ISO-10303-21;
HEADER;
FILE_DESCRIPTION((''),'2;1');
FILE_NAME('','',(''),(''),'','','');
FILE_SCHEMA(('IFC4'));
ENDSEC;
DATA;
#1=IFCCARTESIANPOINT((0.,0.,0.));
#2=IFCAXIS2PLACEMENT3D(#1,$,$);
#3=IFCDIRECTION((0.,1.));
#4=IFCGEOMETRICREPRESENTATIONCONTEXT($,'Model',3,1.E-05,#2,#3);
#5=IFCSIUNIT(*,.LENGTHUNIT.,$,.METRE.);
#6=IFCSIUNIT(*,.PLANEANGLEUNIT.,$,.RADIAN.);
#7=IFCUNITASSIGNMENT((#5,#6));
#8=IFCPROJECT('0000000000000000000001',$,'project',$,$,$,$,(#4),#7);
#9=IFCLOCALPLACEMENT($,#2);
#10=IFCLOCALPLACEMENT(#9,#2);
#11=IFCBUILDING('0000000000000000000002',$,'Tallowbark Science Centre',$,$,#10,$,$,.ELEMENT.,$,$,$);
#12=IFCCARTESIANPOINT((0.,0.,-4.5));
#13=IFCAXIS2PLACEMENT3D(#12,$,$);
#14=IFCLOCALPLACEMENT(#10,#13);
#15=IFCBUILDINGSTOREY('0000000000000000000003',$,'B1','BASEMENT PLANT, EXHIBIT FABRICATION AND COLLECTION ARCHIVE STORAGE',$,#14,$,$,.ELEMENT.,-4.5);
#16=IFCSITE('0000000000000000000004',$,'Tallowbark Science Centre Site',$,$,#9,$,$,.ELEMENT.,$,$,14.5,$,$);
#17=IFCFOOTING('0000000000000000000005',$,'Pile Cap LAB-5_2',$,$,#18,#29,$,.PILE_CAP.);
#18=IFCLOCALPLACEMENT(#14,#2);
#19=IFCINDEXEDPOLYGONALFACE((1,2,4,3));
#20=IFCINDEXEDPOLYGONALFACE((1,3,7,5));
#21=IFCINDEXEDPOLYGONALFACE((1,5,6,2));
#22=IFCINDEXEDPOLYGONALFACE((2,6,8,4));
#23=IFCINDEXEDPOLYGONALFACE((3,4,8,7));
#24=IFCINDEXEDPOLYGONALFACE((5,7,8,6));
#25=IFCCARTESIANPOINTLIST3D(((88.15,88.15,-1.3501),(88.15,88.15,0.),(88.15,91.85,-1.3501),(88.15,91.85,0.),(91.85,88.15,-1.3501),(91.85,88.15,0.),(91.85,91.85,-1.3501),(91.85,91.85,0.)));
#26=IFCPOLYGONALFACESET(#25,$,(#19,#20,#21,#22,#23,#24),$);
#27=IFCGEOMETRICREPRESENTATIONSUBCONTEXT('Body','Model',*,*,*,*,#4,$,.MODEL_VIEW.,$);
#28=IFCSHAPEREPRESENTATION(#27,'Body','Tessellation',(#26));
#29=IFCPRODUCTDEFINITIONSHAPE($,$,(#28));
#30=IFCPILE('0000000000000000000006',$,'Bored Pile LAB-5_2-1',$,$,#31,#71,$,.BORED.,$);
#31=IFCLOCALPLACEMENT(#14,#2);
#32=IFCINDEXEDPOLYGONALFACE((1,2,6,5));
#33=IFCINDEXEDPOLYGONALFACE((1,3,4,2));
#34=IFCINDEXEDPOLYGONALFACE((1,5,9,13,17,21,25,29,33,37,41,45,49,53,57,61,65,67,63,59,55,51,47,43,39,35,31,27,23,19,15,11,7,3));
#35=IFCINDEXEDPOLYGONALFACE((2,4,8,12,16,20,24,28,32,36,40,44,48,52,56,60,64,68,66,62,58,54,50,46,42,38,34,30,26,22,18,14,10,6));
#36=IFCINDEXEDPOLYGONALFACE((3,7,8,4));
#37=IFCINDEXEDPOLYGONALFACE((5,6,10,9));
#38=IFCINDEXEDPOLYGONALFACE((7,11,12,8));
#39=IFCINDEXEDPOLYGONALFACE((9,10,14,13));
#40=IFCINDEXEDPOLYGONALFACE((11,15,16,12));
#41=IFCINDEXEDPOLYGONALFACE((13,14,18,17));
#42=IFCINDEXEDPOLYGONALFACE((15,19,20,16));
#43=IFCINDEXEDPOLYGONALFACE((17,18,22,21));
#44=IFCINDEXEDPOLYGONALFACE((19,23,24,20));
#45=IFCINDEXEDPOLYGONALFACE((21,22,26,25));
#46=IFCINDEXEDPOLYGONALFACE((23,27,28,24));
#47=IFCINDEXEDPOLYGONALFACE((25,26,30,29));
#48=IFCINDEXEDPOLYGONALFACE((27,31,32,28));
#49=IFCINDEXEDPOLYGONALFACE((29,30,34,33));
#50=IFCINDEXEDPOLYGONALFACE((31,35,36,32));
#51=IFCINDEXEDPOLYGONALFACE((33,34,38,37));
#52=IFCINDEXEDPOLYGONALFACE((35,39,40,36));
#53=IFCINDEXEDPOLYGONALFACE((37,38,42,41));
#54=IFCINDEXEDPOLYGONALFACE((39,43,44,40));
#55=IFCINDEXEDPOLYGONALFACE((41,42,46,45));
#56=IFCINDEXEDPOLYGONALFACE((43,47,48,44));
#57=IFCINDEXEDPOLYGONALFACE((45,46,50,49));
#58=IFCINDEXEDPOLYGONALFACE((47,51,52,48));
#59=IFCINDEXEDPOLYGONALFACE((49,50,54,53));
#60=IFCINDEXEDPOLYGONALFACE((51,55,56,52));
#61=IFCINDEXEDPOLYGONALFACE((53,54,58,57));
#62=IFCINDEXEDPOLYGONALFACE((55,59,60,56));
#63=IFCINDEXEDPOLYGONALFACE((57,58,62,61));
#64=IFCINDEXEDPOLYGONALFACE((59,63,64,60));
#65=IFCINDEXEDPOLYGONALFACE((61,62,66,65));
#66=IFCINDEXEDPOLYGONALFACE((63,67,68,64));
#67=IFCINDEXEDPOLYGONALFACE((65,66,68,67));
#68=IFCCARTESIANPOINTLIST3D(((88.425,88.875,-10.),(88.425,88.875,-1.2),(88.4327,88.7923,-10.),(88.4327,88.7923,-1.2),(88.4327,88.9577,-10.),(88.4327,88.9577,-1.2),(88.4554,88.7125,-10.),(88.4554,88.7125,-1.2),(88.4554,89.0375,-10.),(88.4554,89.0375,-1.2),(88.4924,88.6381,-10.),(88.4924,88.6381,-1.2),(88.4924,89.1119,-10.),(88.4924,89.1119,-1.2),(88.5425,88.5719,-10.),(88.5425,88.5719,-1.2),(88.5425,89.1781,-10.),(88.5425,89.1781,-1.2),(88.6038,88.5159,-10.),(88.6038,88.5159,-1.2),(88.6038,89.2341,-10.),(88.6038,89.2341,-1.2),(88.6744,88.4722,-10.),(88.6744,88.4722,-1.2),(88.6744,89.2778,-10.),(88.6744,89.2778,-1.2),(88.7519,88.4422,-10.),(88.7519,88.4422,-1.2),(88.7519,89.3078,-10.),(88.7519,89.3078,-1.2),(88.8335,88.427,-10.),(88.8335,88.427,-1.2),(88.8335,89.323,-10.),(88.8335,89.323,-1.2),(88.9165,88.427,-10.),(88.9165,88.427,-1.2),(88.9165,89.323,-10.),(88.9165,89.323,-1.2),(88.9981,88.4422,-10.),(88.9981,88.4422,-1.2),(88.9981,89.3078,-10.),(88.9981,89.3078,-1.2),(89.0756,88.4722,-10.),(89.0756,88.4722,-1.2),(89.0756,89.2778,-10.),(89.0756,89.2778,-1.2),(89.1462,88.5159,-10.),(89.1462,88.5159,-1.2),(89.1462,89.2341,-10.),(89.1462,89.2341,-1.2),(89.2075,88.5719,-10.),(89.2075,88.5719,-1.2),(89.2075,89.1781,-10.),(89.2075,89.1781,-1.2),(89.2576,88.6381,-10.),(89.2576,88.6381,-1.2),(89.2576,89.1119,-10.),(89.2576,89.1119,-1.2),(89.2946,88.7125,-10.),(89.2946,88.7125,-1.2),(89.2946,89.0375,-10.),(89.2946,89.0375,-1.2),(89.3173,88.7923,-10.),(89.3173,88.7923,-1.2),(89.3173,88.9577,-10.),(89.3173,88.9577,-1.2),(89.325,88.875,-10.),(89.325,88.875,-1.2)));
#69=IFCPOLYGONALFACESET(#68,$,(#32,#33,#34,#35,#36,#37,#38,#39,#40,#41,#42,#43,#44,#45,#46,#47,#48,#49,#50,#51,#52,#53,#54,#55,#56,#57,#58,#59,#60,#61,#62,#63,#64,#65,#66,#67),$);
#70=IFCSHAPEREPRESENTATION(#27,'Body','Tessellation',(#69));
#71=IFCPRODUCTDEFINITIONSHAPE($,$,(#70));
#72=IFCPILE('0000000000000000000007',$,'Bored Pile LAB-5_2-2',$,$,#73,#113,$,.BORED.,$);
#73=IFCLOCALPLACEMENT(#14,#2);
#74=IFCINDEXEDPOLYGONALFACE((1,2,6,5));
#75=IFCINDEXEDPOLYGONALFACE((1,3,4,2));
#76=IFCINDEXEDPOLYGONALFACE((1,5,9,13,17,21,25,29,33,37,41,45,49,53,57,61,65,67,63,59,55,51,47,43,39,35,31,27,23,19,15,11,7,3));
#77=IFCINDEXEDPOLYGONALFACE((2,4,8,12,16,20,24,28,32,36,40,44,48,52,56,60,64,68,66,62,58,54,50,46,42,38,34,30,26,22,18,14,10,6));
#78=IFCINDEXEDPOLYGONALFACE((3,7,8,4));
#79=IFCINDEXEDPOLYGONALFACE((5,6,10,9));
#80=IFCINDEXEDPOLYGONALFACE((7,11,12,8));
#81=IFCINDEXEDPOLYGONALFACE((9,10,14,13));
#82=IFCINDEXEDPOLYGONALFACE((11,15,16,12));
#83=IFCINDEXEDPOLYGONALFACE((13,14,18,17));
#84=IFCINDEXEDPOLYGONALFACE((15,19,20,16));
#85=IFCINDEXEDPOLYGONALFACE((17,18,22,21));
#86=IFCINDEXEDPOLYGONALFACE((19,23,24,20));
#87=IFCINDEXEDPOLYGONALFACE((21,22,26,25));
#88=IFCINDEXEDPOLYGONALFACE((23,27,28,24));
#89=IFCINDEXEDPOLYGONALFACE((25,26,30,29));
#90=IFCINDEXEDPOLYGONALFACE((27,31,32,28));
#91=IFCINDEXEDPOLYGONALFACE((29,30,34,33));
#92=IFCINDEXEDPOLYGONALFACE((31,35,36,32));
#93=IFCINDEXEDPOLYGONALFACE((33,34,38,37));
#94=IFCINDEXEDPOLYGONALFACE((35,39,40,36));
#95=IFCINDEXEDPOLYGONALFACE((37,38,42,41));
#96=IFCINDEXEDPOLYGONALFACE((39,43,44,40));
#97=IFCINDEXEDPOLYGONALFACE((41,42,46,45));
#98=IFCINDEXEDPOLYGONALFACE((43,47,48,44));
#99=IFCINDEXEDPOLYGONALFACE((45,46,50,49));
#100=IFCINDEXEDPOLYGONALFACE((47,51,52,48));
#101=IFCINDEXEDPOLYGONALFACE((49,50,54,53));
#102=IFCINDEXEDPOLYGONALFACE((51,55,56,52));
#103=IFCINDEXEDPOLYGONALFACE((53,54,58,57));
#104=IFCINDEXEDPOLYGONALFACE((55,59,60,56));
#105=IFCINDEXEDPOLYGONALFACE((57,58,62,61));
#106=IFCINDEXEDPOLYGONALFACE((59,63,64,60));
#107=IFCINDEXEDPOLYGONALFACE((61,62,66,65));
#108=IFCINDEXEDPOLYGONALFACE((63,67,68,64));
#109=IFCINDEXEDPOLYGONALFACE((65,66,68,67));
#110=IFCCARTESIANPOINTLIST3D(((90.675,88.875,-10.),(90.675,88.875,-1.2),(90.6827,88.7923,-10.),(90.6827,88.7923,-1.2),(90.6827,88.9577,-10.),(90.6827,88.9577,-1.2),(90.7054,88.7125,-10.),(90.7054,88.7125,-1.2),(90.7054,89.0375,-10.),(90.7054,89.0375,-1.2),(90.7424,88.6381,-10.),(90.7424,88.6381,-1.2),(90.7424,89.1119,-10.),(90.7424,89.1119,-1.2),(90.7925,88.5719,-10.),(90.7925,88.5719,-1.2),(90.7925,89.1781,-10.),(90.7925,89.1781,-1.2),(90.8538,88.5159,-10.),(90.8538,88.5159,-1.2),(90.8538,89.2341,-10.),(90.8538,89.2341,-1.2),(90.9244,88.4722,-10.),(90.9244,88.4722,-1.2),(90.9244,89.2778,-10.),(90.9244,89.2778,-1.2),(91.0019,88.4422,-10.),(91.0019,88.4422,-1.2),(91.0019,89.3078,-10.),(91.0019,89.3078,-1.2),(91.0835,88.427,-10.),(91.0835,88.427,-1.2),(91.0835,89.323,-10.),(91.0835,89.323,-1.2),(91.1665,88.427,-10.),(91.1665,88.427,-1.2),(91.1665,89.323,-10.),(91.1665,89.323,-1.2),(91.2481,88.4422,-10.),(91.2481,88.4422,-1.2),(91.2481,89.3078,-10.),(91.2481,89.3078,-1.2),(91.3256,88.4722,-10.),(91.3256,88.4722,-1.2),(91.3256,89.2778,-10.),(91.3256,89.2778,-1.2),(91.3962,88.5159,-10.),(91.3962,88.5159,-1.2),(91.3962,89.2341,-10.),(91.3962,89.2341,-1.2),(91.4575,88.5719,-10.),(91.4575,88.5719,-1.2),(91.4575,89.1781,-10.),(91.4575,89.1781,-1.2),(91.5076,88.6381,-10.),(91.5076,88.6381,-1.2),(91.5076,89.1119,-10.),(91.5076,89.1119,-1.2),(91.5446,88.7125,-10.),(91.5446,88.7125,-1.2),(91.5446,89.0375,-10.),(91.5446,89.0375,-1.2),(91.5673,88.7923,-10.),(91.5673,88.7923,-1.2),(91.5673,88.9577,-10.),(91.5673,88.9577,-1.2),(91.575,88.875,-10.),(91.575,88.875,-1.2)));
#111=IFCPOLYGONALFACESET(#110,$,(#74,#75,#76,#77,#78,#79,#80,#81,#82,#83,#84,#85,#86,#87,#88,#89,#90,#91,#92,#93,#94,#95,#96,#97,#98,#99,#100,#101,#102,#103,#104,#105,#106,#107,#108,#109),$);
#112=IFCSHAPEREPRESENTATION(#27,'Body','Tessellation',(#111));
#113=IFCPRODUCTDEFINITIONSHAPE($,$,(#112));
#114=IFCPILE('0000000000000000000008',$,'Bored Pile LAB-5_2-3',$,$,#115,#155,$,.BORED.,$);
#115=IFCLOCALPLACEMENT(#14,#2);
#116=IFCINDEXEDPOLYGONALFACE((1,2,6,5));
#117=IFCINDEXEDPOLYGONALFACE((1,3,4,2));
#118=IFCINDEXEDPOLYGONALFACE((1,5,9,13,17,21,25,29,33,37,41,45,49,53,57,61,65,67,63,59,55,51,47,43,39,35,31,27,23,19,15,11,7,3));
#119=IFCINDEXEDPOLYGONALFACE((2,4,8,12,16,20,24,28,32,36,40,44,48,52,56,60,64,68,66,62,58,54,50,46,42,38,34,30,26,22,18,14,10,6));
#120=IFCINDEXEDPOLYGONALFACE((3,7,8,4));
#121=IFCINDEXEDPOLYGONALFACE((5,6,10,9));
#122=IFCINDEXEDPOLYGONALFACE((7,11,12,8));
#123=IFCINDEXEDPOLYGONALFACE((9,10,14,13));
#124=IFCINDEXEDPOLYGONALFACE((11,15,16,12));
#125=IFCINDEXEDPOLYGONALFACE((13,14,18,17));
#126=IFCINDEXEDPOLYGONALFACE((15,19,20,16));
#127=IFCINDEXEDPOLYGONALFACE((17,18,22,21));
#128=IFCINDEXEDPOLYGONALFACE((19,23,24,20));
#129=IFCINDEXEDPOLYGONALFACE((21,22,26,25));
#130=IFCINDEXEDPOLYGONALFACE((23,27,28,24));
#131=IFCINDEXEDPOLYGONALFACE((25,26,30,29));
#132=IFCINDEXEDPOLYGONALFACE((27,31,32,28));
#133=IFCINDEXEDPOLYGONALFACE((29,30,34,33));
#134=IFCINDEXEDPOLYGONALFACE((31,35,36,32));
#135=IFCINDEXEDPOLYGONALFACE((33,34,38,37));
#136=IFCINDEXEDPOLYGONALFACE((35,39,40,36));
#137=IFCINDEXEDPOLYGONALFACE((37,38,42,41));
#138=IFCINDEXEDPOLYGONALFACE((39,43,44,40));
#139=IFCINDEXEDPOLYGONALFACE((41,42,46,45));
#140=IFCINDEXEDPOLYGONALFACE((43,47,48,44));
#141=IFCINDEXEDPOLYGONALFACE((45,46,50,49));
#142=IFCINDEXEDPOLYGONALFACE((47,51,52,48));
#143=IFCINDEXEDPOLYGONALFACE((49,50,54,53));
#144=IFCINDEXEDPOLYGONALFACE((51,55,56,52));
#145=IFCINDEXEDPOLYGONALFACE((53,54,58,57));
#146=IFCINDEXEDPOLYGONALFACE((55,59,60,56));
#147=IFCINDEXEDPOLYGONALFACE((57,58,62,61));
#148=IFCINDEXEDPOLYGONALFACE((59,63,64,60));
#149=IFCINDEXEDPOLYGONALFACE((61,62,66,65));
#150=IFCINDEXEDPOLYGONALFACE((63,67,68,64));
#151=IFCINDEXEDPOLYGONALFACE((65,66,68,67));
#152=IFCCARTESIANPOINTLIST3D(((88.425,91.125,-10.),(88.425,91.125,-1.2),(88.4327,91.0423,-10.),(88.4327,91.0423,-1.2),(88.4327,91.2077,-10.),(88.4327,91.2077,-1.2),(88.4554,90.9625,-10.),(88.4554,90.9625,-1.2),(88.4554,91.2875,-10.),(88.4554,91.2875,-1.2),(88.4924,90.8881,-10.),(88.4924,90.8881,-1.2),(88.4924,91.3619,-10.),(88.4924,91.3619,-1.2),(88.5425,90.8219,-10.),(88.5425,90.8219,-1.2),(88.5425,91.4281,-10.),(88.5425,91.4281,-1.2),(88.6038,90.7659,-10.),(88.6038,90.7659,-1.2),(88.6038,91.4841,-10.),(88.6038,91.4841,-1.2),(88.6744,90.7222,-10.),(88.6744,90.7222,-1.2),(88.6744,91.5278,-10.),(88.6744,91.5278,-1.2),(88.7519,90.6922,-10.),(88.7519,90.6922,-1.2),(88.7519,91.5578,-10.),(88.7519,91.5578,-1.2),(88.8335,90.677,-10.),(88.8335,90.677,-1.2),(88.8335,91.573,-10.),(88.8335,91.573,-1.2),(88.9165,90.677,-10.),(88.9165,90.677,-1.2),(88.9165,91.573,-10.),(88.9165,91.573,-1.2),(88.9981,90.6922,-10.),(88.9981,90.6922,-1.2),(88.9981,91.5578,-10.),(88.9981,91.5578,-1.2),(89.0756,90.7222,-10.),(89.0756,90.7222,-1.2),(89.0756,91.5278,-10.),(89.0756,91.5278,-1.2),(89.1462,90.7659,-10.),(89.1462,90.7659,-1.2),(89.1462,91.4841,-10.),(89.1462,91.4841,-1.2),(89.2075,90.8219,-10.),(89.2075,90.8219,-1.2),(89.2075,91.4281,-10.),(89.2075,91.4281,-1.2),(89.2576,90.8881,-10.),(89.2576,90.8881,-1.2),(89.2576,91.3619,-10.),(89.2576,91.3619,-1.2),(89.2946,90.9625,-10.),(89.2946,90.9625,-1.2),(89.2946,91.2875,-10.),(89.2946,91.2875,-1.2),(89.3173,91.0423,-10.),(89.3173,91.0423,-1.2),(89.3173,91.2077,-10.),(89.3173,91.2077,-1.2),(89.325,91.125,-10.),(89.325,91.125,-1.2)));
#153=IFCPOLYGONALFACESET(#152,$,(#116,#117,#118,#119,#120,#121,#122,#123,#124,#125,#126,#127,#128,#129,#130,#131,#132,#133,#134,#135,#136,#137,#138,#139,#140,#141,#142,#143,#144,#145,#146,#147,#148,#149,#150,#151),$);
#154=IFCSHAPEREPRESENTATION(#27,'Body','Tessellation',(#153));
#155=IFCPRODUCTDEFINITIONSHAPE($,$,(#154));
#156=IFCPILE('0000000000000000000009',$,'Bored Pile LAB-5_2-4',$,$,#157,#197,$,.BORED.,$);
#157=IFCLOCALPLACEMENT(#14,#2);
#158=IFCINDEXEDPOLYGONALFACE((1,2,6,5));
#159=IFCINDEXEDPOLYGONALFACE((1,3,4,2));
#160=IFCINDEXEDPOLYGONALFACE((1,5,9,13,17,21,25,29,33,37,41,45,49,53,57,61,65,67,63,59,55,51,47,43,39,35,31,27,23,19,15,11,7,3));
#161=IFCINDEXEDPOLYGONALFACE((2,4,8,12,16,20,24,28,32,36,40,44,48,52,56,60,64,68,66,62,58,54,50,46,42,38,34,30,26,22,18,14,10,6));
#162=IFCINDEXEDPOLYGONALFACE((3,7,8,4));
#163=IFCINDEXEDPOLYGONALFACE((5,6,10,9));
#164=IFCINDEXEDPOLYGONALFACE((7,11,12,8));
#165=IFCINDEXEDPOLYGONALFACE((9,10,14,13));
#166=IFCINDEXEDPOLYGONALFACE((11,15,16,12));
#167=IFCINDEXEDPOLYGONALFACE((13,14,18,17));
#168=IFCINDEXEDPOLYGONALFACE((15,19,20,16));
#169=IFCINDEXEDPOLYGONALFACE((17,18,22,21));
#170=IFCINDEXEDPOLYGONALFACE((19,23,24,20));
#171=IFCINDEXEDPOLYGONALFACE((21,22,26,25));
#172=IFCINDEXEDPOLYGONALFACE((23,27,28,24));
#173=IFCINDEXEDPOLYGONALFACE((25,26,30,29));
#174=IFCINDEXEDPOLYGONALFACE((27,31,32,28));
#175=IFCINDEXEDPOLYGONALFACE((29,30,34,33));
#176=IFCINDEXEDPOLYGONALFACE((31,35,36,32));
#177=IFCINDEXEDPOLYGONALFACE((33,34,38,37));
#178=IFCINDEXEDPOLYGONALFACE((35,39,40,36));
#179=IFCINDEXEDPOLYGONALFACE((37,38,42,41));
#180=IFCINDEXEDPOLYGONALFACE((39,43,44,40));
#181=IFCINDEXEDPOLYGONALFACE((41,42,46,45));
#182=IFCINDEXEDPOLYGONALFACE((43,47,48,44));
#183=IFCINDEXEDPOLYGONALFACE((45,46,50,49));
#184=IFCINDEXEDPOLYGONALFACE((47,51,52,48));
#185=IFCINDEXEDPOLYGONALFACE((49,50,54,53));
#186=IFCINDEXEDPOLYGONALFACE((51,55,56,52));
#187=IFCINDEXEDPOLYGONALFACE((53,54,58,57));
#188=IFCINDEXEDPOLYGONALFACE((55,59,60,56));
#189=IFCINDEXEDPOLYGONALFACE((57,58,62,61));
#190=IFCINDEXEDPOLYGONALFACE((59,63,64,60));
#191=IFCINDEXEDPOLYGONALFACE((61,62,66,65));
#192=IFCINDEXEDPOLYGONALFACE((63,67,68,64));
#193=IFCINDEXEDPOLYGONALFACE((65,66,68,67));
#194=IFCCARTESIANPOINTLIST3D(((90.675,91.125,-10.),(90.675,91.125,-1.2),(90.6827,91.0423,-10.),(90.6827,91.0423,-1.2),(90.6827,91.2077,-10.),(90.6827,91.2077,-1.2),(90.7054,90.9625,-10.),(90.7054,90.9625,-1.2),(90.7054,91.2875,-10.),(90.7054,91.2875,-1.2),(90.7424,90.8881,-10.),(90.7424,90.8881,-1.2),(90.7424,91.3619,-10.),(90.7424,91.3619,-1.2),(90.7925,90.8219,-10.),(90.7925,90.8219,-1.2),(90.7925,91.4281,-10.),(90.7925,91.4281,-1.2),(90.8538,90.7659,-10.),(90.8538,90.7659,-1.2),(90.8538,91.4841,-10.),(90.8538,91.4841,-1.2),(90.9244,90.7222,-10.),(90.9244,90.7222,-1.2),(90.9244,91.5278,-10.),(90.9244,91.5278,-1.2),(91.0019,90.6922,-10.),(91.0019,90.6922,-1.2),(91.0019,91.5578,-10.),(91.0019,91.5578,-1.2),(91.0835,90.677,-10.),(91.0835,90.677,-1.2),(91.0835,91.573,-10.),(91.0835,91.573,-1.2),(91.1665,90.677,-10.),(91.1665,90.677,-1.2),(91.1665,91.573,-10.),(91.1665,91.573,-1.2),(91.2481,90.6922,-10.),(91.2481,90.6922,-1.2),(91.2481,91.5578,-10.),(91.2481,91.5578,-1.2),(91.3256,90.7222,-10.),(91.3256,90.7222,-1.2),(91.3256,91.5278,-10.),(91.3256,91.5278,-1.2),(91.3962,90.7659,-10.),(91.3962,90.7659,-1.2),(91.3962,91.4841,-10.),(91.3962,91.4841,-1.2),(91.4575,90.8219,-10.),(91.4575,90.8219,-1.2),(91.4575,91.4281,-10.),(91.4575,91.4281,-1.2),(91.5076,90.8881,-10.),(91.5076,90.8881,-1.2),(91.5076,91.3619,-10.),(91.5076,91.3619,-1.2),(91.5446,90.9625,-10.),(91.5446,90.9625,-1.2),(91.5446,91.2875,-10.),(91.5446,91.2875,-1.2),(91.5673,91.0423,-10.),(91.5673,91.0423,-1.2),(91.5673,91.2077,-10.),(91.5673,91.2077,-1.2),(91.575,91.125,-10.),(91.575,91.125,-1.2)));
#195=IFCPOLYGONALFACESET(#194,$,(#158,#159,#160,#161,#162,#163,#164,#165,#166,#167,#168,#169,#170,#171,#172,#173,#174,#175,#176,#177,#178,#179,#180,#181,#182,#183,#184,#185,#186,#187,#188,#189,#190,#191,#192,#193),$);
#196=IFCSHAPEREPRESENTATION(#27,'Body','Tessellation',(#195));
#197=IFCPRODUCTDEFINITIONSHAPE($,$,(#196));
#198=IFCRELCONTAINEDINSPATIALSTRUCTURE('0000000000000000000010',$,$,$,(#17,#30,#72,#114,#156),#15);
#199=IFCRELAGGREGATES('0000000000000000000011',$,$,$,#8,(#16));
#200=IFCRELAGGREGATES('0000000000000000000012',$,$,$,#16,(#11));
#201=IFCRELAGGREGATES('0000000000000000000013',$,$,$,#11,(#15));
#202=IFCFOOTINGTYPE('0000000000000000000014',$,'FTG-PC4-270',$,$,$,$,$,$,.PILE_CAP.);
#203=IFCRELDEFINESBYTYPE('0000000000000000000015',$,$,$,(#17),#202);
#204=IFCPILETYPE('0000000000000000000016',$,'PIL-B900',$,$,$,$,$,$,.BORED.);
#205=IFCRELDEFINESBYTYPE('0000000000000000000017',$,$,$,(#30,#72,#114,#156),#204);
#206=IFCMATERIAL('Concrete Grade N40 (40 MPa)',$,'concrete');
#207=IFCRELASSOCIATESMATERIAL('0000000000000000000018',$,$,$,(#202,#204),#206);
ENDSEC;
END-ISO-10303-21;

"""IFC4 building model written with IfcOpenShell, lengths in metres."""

from ifc_helpers import new_model, si_unit, direction, frame, origin, origin_2d, place, context, subcontext, project, spatial, rectangle, circle, extrude, material, material_profile, profile_set, type_object, element, save


model = new_model("IFC4")

# Units and contexts
model_context = context("Model", 3, precision=1e-05, world=origin(), true_north=direction((0.0, 1.0)))
body_context = subcontext(model_context, "Body", "Model", "MODEL_VIEW")
ifc_project = project(units=[si_unit("LENGTHUNIT", "METRE"), si_unit("PLANEANGLEUNIT", "RADIAN")], contexts=[model_context])

# Site, building, storey
site_placement = place(None, origin())
site = spatial("IfcSite", under=ifc_project, at=site_placement, Name="Tallowbark Science Centre Site", CompositionType="ELEMENT", RefElevation=14.5)
building_placement = place(site_placement, origin())
building = spatial("IfcBuilding", under=site, at=building_placement, Name="Tallowbark Science Centre", CompositionType="ELEMENT")
storey_placement = place(building_placement, frame((0.0, 0.0, -4.5)))
storey = spatial("IfcBuildingStorey", under=building, at=storey_placement, Name="B1", Description="BASEMENT PLANT, EXHIBIT FABRICATION AND COLLECTION ARCHIVE STORAGE", CompositionType="ELEMENT", Elevation=-4.5)

# Footing
ifc_material_1 = material(Name="Concrete Grade N40 (40 MPa)", Category="concrete")
footing_type = type_object("IfcFootingType", Name="FTG-PC4-270", PredefinedType="PILE_CAP", material=ifc_material_1)
footing_placement = place(storey_placement, frame((90.0, 90.0, -1.3501), z_axis=(0.0, 0.0, 1.0), x_axis=(1.0, 0.0, 0.0)))
element("IfcFooting", 1, at=footing_placement, inside=storey, type_object=footing_type, Name="Pile Cap LAB-5_2", PredefinedType="PILE_CAP", context=body_context, shape_type="SweptSolid", body=[
    extrude(rectangle(XDim=3.7, YDim=3.7, at=origin_2d()), origin(), (0.0, 0.0, 1.0), 1.3501),
])

# Piles
ifc_material_profile_1 = material_profile(ifc_material_1, circle(Radius=0.45, at=origin_2d()), Name="PILE900")
ifc_profile_set_1 = profile_set([ifc_material_profile_1], Name="Concrete Grade N40 (40 MPa)")
pile_type = type_object("IfcPileType", Name="PIL-B900", PredefinedType="BORED", material=ifc_profile_set_1)
for number, where, z_axis, x_axis, name in (
    (2, (88.875, 88.875, -1.2), (0.0, 0.0, -1.0), (1.0, 0.0, 0.0), "Bored Pile LAB-5_2-1"),
    (3, (91.125, 88.875, -1.2), (0.0, 0.0, -1.0), (1.0, 0.0, 0.0), "Bored Pile LAB-5_2-2"),
    (4, (88.875, 91.125, -1.2), (0.0, 0.0, -1.0), (1.0, 0.0, 0.0), "Bored Pile LAB-5_2-3"),
    (5, (91.125, 91.125, -1.2), (0.0, 0.0, -1.0), (1.0, 0.0, 0.0), "Bored Pile LAB-5_2-4"),
):
    element("IfcPile", number, at=place(storey_placement, frame(where, z_axis=z_axis, x_axis=x_axis)), inside=storey, type_object=pile_type, Name=name, PredefinedType="BORED", context=body_context, shape_type="SweptSolid", body=[
        extrude(circle(Radius=0.45, at=origin_2d()), origin(), (0.0, 0.0, 1.0), 8.8),
    ])

save(model, "model.ifc")
